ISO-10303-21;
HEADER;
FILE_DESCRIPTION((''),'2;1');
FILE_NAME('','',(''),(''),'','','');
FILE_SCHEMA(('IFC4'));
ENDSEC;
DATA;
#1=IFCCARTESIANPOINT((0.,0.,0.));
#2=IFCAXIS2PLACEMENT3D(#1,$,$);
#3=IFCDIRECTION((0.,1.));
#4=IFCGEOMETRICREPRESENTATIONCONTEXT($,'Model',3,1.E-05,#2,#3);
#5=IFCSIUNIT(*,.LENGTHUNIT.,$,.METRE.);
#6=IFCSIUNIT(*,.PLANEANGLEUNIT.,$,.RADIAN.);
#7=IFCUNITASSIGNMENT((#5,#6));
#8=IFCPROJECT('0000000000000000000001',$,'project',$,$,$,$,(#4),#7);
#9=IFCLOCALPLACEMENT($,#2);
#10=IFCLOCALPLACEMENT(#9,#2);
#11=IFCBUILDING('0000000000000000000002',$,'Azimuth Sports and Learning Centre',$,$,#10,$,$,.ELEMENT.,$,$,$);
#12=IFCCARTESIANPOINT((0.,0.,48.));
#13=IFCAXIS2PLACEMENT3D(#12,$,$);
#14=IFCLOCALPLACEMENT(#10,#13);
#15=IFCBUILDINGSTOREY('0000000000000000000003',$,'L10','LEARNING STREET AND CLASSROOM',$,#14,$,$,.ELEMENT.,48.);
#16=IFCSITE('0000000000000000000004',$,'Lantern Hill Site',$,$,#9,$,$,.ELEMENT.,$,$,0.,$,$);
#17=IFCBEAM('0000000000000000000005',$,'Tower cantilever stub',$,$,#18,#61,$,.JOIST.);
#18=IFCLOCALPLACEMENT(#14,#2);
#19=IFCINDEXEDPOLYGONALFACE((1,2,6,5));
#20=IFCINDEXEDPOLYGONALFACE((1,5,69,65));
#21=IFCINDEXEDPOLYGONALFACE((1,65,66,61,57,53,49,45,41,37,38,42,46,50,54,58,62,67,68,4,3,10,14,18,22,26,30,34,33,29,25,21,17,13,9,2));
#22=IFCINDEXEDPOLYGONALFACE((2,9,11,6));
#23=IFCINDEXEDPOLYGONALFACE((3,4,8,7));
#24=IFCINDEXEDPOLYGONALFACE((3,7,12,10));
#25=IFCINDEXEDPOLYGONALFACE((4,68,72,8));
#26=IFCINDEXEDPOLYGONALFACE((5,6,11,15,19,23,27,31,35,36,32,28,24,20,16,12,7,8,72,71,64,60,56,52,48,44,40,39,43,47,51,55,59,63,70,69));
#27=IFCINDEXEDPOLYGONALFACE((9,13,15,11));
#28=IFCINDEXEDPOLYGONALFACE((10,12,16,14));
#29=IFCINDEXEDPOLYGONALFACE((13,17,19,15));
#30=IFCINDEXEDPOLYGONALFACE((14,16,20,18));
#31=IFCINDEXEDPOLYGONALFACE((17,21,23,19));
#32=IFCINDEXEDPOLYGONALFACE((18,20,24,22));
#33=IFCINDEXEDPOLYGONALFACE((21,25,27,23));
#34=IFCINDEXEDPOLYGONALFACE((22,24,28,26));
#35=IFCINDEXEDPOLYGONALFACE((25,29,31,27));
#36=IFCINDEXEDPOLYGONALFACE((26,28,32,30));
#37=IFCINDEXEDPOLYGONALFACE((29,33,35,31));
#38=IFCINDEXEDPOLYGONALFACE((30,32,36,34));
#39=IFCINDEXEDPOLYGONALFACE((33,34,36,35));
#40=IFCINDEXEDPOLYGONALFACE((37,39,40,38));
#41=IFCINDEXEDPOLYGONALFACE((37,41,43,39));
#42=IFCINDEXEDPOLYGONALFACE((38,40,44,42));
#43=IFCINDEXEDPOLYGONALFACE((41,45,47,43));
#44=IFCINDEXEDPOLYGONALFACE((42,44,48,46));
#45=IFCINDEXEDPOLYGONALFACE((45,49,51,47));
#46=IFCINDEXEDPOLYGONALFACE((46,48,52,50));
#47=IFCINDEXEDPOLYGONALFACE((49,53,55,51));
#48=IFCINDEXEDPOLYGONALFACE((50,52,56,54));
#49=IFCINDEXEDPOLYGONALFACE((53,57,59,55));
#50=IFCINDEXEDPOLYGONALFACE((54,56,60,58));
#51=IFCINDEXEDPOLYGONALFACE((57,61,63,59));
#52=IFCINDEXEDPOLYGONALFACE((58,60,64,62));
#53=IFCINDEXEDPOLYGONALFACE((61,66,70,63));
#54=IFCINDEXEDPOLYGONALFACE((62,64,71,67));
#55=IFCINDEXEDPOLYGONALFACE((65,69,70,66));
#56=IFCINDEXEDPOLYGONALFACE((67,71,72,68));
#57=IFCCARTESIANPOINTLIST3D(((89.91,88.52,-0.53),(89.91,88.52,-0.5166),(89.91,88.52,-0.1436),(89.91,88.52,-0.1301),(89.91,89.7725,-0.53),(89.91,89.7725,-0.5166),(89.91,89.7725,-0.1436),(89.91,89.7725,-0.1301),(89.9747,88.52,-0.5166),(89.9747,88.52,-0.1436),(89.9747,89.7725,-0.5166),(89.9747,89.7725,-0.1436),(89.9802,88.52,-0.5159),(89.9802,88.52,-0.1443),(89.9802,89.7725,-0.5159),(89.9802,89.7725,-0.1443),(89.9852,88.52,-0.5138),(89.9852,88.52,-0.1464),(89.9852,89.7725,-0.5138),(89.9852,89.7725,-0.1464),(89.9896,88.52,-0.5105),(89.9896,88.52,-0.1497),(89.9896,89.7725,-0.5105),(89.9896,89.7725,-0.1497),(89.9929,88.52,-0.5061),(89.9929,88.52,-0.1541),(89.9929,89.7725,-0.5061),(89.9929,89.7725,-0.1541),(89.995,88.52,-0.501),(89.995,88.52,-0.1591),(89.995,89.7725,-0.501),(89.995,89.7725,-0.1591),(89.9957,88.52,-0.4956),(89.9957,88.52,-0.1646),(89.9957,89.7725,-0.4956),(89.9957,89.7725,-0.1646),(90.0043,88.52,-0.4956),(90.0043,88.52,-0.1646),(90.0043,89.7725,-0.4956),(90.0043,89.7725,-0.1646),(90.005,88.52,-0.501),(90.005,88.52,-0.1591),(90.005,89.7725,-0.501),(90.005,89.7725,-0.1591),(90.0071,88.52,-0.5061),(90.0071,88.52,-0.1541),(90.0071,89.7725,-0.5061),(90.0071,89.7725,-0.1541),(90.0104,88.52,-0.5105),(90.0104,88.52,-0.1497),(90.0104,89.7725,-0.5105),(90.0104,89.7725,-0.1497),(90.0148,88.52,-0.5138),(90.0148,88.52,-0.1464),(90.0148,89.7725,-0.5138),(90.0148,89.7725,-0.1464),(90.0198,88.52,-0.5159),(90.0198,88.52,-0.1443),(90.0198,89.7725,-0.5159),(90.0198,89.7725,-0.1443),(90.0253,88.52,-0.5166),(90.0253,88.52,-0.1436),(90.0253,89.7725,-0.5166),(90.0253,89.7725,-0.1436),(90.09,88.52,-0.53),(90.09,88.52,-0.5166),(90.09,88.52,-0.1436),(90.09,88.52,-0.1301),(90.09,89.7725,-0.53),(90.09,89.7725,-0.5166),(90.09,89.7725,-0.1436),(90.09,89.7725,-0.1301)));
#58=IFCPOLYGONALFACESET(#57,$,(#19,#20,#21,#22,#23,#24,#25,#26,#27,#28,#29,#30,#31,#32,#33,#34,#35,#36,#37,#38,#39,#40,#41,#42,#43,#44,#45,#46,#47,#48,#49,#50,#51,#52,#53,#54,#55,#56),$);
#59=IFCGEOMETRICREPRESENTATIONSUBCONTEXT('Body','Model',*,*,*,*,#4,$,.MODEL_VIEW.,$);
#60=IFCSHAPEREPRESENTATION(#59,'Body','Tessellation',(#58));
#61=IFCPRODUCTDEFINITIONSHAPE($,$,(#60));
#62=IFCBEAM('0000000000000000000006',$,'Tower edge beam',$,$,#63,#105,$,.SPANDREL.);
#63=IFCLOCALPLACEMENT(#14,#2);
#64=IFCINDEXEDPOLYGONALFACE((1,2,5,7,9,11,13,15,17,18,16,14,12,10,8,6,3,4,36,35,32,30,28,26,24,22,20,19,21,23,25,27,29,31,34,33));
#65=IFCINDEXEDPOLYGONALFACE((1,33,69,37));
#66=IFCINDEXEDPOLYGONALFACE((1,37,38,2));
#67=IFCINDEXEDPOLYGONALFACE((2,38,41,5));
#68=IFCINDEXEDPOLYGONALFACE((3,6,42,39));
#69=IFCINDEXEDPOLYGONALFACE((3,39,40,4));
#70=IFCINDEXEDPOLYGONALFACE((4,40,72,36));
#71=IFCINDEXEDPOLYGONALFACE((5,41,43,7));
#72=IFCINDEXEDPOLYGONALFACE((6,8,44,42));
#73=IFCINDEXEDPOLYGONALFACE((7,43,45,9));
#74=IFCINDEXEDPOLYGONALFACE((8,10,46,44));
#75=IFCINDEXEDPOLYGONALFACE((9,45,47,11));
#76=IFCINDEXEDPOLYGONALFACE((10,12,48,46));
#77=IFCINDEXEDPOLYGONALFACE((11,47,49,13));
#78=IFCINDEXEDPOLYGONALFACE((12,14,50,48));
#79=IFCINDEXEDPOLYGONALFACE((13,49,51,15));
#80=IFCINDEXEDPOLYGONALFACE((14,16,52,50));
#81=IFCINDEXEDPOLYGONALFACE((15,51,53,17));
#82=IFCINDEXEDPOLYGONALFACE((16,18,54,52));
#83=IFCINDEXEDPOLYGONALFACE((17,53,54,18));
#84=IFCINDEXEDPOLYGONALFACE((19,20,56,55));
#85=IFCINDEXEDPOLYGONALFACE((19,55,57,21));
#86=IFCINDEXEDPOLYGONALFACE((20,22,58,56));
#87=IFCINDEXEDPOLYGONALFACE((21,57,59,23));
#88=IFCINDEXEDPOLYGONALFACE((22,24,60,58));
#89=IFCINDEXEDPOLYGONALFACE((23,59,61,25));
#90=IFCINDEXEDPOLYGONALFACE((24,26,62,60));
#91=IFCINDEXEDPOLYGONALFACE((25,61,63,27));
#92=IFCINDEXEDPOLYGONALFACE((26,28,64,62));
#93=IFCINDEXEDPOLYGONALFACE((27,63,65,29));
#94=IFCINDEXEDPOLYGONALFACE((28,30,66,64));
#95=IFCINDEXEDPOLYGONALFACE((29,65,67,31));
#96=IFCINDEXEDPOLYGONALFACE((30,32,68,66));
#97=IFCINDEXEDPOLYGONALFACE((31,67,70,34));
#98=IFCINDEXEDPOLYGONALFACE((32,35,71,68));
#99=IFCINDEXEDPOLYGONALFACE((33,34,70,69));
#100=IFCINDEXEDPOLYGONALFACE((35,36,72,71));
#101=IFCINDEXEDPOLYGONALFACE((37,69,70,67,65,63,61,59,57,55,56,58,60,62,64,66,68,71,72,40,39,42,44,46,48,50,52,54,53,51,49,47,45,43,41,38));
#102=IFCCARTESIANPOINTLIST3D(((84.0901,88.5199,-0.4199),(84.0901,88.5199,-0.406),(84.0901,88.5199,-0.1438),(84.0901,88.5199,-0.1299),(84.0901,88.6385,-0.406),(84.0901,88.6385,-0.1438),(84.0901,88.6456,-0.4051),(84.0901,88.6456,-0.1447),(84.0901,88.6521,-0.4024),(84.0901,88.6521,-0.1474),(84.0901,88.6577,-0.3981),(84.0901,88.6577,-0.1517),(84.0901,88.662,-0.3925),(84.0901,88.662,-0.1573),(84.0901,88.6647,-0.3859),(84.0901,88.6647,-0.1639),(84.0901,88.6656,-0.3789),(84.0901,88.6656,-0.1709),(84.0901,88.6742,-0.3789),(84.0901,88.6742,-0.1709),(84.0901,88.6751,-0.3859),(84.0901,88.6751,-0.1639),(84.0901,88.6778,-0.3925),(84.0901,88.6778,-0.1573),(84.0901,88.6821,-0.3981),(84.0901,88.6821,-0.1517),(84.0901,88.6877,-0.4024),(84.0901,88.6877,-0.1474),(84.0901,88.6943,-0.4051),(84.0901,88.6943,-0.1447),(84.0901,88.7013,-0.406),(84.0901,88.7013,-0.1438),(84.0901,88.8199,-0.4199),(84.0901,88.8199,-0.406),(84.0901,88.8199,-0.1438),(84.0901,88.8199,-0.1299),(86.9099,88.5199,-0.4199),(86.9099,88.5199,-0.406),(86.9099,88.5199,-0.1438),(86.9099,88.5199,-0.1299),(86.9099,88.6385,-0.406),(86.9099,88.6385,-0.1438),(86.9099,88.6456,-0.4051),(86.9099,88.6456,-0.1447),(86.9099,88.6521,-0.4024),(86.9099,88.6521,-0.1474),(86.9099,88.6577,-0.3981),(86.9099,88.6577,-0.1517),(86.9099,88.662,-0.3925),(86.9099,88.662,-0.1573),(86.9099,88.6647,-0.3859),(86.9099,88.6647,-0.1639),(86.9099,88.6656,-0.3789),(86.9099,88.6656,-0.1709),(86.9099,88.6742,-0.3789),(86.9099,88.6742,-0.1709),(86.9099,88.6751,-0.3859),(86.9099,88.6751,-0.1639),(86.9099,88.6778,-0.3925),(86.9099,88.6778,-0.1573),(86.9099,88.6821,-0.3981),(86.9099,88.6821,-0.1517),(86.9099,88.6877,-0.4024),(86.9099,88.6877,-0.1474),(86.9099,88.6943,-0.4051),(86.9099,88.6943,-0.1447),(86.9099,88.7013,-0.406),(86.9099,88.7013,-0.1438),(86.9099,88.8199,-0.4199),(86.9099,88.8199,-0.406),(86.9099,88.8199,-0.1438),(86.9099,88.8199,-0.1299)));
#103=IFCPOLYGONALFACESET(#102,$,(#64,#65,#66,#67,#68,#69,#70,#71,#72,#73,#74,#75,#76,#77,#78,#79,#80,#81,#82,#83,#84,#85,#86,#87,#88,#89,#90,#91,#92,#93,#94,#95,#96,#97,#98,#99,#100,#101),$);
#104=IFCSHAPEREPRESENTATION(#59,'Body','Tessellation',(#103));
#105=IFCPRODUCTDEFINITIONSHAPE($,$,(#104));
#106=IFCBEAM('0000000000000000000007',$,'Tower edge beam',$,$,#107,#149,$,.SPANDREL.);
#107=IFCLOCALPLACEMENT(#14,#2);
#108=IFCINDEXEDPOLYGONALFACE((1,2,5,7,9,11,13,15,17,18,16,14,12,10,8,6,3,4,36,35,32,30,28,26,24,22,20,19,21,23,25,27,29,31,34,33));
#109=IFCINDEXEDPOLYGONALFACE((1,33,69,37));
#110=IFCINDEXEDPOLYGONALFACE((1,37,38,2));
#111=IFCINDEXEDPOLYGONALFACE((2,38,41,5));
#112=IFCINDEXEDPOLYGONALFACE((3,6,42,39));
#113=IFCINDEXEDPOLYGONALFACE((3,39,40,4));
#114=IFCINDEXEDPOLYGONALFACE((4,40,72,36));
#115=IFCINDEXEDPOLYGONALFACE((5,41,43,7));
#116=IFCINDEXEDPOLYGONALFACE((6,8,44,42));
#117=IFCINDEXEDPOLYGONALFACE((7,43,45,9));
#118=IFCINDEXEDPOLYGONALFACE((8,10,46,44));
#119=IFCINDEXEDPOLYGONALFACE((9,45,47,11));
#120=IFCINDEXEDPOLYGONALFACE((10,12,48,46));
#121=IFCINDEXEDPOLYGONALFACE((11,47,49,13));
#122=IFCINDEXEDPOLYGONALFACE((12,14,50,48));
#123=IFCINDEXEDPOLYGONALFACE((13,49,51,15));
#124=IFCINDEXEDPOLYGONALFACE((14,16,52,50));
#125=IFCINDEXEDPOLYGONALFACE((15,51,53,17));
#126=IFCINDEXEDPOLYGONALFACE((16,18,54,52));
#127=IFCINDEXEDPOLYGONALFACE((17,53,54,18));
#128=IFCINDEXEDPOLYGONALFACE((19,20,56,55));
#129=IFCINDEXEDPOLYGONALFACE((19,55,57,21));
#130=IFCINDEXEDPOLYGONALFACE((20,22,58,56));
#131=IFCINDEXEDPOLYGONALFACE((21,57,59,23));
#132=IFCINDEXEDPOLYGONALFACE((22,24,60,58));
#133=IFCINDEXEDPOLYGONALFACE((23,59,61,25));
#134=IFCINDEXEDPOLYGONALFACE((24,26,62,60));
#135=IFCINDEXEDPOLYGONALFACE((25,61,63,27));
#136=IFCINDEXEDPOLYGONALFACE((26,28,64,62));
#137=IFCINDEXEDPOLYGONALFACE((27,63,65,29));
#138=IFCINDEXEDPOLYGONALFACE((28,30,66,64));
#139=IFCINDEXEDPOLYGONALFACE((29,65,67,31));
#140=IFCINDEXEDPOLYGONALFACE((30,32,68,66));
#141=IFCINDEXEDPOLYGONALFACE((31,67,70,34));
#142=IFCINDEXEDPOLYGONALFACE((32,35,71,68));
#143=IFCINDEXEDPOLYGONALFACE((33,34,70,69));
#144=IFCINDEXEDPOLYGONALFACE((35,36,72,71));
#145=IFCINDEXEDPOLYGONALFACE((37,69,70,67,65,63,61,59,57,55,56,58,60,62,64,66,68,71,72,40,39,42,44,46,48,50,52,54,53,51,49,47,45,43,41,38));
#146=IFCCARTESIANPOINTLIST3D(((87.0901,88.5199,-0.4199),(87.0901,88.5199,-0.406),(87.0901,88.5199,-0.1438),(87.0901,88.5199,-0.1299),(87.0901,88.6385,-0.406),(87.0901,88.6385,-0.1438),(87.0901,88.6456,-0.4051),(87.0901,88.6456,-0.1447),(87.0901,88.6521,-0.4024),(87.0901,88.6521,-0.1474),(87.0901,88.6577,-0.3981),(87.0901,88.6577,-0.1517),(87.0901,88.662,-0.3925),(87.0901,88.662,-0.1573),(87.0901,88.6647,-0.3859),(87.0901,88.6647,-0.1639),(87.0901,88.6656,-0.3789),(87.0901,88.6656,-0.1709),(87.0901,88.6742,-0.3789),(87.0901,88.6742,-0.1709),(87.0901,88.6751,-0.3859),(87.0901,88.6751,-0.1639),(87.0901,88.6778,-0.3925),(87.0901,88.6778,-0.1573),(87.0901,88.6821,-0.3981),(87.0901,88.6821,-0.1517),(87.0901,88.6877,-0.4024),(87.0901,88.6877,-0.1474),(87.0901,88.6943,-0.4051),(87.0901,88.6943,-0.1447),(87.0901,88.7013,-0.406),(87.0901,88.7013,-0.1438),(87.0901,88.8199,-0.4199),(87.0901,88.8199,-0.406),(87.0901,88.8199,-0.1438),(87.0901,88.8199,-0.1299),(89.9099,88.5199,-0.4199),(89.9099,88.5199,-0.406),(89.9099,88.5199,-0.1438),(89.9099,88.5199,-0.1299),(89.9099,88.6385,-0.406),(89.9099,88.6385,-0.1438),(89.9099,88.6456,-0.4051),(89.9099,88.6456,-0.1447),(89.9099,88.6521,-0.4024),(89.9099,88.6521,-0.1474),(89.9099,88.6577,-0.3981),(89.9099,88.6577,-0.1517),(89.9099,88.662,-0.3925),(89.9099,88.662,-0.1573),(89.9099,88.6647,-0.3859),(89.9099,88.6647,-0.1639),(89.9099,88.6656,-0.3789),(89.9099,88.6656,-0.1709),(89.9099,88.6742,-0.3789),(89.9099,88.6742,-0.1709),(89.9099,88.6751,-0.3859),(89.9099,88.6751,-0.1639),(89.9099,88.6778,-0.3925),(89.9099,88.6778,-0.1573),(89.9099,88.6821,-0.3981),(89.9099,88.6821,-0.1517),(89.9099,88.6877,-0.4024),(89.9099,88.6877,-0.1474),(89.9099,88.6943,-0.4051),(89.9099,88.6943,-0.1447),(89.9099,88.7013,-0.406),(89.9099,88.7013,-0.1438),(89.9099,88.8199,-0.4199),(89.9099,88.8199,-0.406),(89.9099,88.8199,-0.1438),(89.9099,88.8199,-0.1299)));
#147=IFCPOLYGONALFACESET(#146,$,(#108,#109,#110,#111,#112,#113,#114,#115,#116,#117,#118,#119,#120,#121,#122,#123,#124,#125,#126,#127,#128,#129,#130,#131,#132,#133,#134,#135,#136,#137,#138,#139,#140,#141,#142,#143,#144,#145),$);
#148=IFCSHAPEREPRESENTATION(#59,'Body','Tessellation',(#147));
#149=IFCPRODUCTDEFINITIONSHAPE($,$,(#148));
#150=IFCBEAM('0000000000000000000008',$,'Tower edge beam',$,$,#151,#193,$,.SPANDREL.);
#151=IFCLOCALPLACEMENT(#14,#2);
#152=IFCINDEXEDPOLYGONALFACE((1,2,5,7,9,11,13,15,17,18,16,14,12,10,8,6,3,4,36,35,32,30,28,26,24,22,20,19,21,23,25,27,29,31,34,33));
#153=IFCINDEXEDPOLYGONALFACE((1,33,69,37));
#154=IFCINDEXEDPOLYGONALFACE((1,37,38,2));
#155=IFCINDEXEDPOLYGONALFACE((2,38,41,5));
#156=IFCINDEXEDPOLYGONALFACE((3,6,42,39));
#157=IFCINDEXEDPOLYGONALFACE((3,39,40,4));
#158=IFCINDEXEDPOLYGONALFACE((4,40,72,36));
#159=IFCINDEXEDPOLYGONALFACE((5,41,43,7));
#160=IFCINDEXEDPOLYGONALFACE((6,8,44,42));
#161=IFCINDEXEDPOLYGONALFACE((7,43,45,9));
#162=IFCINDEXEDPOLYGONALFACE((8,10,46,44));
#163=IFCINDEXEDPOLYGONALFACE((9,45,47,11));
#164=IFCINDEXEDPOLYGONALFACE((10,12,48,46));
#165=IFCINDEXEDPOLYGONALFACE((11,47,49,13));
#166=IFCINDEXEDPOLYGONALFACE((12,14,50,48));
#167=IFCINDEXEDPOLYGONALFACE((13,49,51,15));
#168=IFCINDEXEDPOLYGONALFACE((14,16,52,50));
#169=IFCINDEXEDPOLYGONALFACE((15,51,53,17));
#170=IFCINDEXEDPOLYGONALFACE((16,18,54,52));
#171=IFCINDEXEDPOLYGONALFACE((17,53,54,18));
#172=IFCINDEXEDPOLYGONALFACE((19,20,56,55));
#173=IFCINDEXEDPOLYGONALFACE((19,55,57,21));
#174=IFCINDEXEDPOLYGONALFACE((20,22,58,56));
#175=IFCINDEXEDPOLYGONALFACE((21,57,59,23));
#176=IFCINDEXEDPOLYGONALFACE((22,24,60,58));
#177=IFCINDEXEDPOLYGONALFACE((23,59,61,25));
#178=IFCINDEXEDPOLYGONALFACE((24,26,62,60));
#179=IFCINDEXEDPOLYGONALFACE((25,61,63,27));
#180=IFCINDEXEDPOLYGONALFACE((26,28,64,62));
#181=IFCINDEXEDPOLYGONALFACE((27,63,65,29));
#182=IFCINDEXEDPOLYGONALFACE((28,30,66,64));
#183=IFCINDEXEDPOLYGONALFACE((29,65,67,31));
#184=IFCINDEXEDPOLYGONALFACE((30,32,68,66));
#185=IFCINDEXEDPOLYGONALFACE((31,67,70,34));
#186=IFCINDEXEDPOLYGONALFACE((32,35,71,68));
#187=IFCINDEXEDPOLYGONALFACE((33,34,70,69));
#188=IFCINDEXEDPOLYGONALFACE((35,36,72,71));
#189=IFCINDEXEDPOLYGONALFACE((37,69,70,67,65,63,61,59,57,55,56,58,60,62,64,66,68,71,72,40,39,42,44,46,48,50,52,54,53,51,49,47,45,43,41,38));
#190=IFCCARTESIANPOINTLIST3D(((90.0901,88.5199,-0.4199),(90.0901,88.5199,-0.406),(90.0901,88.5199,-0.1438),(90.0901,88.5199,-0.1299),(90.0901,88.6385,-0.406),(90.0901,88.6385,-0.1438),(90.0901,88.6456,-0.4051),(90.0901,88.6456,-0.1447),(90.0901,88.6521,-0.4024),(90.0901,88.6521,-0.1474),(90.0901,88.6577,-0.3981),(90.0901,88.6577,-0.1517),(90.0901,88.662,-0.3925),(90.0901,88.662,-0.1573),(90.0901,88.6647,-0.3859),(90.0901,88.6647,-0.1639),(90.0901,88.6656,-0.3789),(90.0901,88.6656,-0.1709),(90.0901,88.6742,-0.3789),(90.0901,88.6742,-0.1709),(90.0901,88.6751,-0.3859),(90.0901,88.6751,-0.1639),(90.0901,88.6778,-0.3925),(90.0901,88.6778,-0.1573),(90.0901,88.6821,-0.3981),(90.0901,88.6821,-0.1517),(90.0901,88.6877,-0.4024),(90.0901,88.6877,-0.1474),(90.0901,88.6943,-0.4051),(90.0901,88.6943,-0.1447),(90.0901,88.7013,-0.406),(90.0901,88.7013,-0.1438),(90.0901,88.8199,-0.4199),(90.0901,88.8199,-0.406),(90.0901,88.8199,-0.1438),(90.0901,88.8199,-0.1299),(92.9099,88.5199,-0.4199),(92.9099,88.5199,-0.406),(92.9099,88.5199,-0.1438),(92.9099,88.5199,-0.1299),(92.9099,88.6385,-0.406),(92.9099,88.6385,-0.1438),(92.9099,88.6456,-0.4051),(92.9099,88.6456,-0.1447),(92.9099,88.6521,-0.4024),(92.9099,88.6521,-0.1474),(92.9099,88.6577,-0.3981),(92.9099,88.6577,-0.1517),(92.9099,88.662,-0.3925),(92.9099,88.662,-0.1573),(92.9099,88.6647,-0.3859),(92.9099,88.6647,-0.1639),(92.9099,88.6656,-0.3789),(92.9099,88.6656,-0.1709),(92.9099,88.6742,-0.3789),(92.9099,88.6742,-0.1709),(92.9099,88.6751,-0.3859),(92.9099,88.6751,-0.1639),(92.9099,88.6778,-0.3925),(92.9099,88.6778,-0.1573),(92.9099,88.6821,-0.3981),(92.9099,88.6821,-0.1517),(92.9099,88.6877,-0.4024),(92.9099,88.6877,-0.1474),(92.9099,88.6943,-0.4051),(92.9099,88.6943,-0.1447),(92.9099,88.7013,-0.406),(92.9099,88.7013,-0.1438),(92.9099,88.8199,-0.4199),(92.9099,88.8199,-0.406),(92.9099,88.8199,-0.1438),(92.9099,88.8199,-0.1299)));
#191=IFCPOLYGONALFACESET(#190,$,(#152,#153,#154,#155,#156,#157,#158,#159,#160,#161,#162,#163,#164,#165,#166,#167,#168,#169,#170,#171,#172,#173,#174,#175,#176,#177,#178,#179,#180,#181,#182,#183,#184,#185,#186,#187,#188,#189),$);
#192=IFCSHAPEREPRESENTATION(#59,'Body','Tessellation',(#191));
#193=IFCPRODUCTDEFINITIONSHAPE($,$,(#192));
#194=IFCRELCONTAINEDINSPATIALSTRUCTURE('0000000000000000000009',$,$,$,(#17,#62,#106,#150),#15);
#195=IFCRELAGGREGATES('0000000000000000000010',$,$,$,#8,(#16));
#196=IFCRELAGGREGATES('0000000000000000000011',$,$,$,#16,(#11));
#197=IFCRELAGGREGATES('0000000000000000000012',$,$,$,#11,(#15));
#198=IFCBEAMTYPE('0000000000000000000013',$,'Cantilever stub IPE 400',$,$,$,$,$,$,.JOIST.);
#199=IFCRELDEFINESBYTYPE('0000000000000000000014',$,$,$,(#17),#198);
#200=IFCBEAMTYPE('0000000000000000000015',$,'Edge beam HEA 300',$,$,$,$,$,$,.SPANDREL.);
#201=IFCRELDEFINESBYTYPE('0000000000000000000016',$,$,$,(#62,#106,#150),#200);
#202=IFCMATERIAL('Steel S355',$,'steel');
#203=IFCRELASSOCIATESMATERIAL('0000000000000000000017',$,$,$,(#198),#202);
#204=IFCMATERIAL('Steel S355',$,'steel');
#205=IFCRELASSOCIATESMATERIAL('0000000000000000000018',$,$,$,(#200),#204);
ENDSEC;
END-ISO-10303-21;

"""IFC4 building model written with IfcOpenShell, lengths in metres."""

from ifc_helpers import new_model, si_unit, direction, frame, origin, origin_2d, place, context, subcontext, project, spatial, i_section, extrude, material, material_profile, profile_set, type_object, element, save


model = new_model("IFC4")

# Units and contexts
model_context = context("Model", 3, precision=1e-05, world=origin(), true_north=direction((0.0, 1.0)))
body_context = subcontext(model_context, "Body", "Model", "MODEL_VIEW")
ifc_project = project(units=[si_unit("LENGTHUNIT", "METRE"), si_unit("PLANEANGLEUNIT", "RADIAN")], contexts=[model_context])

# Site, building, storey
site_placement = place(None, origin())
site = spatial("IfcSite", under=ifc_project, at=site_placement, Name="Lantern Hill Site", CompositionType="ELEMENT", RefElevation=0.0)
building_placement = place(site_placement, origin())
building = spatial("IfcBuilding", under=site, at=building_placement, Name="Azimuth Sports and Learning Centre", CompositionType="ELEMENT")
storey_placement = place(building_placement, frame((0.0, 0.0, 48.0)))
storey = spatial("IfcBuildingStorey", under=building, at=storey_placement, Name="L10", Description="LEARNING STREET AND CLASSROOM", CompositionType="ELEMENT", Elevation=48.0)

# Beams
ifc_material_1 = material(Name="Steel S355", Category="steel")
ifc_material_profile_1 = material_profile(ifc_material_1, i_section(OverallWidth=0.1799, OverallDepth=0.3999, WebThickness=0.0085, FlangeThickness=0.0134, FilletRadius=0.021, at=origin_2d()), Name="IPE 400")
ifc_profile_set_1 = profile_set([ifc_material_profile_1], Name="Steel S355")
beam_type_1 = type_object("IfcBeamType", Name="Cantilever stub IPE 400", PredefinedType="JOIST", material=ifc_profile_set_1)
beam_1_placement = place(storey_placement, frame((90.0, 89.7725, -0.3301), z_axis=(0.0, -1.0, 0.0), x_axis=(1.0, 0.0, 0.0)))
element("IfcBeam", 1, at=beam_1_placement, inside=storey, type_object=beam_type_1, Name="Tower cantilever stub", PredefinedType="JOIST", context=body_context, shape_type="SweptSolid", body=[
    extrude(i_section(OverallWidth=0.1799, OverallDepth=0.3999, WebThickness=0.0085, FlangeThickness=0.0134, FilletRadius=0.021, at=origin_2d()), origin(), (0.0, 0.0, 1.0), 1.2524),
])
ifc_material_2 = material(Name="Steel S355", Category="steel")
ifc_material_profile_2 = material_profile(ifc_material_2, i_section(OverallWidth=0.3, OverallDepth=0.29, WebThickness=0.0085, FlangeThickness=0.0139, FilletRadius=0.0271, at=origin_2d()), Name="HEA 300")
ifc_profile_set_2 = profile_set([ifc_material_profile_2], Name="Steel S355")
beam_type_2 = type_object("IfcBeamType", Name="Edge beam HEA 300", PredefinedType="SPANDREL", material=ifc_profile_set_2)
for number, where, z_axis, x_axis, name in (
    (2, (84.0901, 88.6699, -0.2749), (1.0, 0.0, 0.0), (0.0, 1.0, 0.0), "Tower edge beam"),
    (3, (87.0901, 88.6699, -0.2749), (1.0, 0.0, 0.0), (0.0, 1.0, 0.0), "Tower edge beam"),
    (4, (90.0901, 88.6699, -0.2749), (1.0, 0.0, 0.0), (0.0, 1.0, 0.0), "Tower edge beam"),
):
    element("IfcBeam", number, at=place(storey_placement, frame(where, z_axis=z_axis, x_axis=x_axis)), inside=storey, type_object=beam_type_2, Name=name, PredefinedType="SPANDREL", context=body_context, shape_type="SweptSolid", body=[
        extrude(i_section(OverallWidth=0.3, OverallDepth=0.29, WebThickness=0.0085, FlangeThickness=0.0139, FilletRadius=0.0271, at=origin_2d()), origin(), (0.0, 0.0, 1.0), 2.8198),
    ])

save(model, "model.ifc")
